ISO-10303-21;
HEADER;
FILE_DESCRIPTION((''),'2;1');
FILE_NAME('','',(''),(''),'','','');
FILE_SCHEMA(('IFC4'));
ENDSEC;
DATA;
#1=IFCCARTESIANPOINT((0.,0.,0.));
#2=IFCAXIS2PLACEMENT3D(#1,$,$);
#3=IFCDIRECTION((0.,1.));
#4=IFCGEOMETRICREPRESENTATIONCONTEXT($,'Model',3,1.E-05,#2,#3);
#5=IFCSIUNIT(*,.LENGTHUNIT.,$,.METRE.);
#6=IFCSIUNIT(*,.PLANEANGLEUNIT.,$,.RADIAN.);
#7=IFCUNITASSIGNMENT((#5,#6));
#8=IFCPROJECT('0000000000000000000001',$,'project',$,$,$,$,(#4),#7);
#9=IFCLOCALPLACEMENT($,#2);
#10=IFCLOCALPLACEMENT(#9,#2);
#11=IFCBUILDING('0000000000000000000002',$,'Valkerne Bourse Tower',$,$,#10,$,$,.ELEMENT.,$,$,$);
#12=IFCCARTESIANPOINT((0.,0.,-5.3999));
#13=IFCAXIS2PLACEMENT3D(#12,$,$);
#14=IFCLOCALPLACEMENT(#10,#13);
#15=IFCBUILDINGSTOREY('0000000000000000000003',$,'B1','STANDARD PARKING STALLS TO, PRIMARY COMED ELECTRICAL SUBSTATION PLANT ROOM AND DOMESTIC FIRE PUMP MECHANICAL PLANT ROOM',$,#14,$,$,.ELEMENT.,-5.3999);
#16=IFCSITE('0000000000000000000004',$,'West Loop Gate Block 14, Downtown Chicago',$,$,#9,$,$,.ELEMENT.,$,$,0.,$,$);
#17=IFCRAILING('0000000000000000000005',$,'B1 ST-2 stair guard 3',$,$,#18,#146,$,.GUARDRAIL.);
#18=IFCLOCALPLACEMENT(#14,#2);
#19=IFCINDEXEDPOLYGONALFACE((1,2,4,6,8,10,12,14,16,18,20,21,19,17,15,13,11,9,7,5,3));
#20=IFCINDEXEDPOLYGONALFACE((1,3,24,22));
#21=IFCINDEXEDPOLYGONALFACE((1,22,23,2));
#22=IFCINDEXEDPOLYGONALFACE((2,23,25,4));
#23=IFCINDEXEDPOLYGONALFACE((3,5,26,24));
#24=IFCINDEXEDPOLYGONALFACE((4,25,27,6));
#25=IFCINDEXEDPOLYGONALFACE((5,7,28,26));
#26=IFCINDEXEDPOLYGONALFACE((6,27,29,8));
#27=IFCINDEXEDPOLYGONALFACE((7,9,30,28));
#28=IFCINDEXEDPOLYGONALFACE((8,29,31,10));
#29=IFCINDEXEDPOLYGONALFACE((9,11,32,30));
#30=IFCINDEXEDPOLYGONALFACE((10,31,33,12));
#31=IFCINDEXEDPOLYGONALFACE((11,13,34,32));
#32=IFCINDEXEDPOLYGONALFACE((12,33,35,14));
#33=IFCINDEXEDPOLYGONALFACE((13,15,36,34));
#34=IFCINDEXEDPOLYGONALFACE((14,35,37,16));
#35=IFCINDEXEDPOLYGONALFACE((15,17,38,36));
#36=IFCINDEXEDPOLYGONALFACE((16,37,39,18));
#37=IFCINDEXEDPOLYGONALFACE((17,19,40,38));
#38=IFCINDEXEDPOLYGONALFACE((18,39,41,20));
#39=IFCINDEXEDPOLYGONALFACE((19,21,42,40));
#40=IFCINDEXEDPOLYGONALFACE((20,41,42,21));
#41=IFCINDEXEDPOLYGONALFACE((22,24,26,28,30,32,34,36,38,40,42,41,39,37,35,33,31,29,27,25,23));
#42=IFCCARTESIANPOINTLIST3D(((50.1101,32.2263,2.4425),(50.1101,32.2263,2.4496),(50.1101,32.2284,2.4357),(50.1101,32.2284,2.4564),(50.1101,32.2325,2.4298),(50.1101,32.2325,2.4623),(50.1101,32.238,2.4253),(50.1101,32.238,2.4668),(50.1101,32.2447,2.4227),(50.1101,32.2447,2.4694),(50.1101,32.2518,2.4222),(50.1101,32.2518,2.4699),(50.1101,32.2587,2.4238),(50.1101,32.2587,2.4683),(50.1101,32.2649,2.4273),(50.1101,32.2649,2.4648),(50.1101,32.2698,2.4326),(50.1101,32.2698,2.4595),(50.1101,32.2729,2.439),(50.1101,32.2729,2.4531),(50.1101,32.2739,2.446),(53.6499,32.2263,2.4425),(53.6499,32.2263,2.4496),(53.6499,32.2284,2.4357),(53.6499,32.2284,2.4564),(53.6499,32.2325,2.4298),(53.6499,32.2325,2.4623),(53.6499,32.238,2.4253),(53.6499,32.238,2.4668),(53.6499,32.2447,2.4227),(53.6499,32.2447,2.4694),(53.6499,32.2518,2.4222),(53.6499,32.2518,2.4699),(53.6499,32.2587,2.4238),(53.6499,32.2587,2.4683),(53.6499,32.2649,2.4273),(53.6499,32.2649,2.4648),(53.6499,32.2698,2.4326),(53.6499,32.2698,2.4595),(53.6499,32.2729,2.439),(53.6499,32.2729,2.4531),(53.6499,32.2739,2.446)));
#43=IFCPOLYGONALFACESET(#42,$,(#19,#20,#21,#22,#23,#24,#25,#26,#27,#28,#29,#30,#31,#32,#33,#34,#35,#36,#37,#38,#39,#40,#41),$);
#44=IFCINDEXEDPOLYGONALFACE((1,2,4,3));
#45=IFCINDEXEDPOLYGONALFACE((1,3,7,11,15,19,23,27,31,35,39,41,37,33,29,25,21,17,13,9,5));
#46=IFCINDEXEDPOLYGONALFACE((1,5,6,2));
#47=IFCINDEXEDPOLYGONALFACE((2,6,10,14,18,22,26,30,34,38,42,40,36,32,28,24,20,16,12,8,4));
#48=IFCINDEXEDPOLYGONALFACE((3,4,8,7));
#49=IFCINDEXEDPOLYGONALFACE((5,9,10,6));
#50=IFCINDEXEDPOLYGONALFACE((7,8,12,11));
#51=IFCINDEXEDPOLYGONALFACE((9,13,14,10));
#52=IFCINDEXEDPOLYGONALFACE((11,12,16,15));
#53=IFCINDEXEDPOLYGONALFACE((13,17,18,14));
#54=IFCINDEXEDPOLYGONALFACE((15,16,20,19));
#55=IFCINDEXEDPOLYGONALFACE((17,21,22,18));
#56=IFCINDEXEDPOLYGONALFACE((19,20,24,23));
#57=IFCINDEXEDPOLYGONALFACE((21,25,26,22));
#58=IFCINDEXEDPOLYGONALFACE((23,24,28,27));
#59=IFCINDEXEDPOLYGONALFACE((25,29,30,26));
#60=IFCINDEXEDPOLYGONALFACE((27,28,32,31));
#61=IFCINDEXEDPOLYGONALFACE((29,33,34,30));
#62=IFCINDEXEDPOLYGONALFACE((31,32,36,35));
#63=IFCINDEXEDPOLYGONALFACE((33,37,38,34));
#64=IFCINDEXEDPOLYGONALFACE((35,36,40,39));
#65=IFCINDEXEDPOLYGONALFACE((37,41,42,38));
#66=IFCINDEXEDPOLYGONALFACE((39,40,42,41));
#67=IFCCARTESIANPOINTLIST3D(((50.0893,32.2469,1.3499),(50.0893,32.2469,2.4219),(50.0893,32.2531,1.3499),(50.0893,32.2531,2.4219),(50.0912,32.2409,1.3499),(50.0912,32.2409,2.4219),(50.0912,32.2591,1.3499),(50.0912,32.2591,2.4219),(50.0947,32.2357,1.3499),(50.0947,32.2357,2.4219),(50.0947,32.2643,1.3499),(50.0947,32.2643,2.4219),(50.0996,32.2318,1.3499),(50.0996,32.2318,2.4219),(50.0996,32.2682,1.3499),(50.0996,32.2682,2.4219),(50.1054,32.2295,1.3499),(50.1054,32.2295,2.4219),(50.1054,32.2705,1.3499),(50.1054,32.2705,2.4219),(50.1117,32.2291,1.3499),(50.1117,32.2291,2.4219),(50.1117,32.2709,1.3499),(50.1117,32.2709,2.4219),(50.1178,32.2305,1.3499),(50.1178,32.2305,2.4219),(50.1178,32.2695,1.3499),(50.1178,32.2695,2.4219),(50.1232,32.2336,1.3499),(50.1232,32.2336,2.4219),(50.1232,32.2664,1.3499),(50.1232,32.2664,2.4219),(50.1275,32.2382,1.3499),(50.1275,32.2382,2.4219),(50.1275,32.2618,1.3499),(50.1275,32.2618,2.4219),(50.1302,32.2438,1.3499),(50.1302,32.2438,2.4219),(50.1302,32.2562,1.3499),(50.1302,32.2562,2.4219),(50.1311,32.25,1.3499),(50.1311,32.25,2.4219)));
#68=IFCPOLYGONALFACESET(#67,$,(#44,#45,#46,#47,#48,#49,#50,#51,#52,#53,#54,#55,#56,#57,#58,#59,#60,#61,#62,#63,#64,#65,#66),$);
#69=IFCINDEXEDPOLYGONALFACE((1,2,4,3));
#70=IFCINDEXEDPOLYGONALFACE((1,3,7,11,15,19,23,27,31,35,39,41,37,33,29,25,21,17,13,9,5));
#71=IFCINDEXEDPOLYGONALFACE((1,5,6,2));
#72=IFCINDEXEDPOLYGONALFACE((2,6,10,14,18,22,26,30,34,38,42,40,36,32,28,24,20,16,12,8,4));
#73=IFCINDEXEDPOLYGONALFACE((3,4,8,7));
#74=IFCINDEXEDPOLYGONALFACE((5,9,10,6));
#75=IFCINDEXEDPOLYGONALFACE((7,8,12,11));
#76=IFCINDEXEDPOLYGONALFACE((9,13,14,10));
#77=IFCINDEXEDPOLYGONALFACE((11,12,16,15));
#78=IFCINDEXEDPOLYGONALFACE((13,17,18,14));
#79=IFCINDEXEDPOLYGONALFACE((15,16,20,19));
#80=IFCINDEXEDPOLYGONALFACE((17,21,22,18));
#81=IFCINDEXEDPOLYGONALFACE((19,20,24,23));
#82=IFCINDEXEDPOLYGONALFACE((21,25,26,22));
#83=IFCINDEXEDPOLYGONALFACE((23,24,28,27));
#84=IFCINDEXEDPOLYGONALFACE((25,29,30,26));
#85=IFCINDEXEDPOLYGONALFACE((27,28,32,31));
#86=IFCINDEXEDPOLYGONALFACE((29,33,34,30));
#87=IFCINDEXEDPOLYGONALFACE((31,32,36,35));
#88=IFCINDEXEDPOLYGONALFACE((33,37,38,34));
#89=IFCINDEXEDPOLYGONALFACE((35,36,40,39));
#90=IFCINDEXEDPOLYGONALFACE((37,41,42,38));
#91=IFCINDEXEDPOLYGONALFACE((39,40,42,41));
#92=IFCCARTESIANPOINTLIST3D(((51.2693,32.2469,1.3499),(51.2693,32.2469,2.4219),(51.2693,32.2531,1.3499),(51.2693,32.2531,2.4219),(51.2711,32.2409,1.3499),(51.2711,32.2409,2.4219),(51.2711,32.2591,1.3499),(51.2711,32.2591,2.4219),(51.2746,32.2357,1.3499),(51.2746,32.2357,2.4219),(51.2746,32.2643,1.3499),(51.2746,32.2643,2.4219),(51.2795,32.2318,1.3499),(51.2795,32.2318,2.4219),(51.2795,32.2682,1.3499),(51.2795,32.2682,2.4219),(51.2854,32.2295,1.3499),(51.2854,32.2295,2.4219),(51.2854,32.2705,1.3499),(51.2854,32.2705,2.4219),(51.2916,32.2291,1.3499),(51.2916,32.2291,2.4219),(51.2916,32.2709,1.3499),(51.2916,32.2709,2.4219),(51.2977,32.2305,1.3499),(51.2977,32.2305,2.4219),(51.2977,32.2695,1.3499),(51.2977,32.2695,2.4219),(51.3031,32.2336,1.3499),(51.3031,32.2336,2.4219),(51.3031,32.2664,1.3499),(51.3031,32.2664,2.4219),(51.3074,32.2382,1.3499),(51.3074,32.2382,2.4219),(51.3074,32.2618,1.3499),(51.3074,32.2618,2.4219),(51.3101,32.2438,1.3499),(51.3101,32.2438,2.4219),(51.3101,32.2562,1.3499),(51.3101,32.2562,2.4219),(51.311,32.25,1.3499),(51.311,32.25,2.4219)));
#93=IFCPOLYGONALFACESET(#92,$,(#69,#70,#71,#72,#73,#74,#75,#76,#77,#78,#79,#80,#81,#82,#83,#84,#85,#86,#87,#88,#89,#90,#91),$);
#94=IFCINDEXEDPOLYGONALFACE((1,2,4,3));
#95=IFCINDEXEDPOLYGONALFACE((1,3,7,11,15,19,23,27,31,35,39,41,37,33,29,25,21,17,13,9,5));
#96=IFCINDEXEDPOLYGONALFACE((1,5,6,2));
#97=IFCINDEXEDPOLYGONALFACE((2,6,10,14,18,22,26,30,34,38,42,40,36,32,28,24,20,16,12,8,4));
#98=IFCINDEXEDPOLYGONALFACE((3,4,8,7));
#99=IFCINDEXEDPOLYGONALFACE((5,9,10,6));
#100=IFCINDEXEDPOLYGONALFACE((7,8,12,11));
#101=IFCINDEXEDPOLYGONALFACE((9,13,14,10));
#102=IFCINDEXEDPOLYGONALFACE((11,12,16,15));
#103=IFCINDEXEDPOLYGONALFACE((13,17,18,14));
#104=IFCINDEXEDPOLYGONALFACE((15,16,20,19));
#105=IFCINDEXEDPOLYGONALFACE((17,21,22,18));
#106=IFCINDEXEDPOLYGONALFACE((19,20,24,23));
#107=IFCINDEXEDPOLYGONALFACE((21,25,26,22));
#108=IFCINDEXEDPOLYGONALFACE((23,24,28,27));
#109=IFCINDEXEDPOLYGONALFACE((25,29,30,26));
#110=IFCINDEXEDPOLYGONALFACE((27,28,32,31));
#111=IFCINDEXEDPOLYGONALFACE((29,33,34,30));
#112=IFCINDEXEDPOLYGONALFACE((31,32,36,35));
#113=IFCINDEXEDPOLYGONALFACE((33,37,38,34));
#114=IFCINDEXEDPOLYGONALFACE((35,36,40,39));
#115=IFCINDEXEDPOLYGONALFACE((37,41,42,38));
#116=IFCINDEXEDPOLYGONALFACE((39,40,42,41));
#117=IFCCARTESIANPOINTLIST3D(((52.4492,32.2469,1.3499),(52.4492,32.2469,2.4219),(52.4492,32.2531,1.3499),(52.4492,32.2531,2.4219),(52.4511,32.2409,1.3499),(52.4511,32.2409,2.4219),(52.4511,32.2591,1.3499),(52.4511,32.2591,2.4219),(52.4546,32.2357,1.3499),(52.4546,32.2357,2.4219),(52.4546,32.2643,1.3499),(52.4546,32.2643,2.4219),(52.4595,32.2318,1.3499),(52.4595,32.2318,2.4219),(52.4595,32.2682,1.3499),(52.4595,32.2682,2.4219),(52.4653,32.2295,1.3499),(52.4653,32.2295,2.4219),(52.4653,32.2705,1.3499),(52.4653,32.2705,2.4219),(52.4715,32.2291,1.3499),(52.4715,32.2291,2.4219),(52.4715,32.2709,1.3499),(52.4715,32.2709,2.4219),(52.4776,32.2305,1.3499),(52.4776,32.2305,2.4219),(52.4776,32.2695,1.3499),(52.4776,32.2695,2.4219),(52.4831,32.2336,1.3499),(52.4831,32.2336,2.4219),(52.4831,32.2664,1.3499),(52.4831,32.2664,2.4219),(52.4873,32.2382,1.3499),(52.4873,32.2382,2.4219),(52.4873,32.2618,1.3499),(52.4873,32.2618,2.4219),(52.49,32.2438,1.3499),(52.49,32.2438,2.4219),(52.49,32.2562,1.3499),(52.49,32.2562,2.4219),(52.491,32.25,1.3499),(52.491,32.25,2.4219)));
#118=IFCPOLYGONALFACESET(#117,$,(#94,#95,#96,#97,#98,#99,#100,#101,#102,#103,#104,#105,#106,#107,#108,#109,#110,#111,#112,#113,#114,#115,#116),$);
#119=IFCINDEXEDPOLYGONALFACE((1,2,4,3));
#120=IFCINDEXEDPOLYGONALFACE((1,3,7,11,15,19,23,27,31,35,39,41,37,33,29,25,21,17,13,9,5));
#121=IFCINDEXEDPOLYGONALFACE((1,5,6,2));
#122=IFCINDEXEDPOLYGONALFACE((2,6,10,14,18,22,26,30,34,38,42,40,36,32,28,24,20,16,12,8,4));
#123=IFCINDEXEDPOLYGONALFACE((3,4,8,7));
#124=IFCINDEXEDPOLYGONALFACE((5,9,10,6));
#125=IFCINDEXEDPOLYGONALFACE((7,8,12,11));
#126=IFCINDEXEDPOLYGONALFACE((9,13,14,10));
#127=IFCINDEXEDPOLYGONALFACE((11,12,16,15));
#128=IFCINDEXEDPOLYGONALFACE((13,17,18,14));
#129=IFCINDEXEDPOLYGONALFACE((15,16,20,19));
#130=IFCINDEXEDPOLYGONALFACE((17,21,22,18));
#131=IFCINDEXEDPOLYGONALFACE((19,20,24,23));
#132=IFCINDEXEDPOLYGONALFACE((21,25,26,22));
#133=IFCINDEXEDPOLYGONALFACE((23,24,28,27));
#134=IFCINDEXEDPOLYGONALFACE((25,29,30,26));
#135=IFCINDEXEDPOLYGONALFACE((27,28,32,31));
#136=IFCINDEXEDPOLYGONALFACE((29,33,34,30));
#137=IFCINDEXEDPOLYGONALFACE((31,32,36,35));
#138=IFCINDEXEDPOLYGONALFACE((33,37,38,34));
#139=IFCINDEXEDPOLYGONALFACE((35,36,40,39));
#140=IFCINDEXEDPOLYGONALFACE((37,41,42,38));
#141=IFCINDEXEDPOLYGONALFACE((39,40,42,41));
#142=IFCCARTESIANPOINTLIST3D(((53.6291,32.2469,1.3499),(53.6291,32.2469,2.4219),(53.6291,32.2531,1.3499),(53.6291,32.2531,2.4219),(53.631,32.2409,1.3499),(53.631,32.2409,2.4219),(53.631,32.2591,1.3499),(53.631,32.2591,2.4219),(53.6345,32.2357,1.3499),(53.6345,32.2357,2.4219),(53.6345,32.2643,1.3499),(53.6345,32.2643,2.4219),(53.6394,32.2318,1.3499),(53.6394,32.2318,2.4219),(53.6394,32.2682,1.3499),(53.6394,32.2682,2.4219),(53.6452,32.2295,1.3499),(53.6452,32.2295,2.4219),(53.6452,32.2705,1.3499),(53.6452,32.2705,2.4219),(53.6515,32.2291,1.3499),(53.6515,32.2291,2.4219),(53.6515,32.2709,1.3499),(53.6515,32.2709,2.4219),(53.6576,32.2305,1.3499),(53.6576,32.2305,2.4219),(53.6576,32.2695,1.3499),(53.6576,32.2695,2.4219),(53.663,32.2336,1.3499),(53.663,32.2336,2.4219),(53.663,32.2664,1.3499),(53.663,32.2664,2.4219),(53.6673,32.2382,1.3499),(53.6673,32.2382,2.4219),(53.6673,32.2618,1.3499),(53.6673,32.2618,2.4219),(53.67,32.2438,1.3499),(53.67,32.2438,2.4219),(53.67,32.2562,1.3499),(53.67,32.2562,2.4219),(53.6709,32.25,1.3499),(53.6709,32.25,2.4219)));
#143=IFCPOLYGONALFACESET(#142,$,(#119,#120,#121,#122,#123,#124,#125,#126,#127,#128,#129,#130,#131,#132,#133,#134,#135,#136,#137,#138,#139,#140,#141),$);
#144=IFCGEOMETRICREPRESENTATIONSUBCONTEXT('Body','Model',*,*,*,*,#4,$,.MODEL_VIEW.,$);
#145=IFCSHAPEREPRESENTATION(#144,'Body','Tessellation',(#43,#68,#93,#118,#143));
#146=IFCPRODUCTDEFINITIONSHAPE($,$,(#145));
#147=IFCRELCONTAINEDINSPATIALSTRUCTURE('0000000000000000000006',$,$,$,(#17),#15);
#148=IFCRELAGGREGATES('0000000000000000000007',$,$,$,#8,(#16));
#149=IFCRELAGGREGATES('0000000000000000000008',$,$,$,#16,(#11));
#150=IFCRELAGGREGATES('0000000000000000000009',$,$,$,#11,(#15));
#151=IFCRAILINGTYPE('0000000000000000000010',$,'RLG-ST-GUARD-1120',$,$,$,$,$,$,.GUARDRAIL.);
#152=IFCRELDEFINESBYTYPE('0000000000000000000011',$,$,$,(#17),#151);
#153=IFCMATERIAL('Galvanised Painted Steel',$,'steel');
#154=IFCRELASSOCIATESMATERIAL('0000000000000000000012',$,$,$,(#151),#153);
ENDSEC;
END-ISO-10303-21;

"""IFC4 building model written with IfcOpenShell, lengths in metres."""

from ifc_helpers import new_model, si_unit, direction, frame, origin, origin_2d, place, context, subcontext, project, spatial, circle, extrude, material, type_object, element, save


model = new_model("IFC4")

# Units and contexts
model_context = context("Model", 3, precision=1e-05, world=origin(), true_north=direction((0.0, 1.0)))
body_context = subcontext(model_context, "Body", "Model", "MODEL_VIEW")
ifc_project = project(units=[si_unit("LENGTHUNIT", "METRE"), si_unit("PLANEANGLEUNIT", "RADIAN")], contexts=[model_context])

# Site, building, storey
site_placement = place(None, origin())
site = spatial("IfcSite", under=ifc_project, at=site_placement, Name="West Loop Gate Block 14, Downtown Chicago", CompositionType="ELEMENT", RefElevation=0.0)
building_placement = place(site_placement, origin())
building = spatial("IfcBuilding", under=site, at=building_placement, Name="Valkerne Bourse Tower", CompositionType="ELEMENT")
storey_placement = place(building_placement, frame((0.0, 0.0, -5.3999)))
storey = spatial("IfcBuildingStorey", under=building, at=storey_placement, Name="B1", Description="STANDARD PARKING STALLS TO, PRIMARY COMED ELECTRICAL SUBSTATION PLANT ROOM AND DOMESTIC FIRE PUMP MECHANICAL PLANT ROOM", CompositionType="ELEMENT", Elevation=-5.3999)

# Shared definitions
ifc_material_1 = material(Name="Galvanised Painted Steel", Category="steel")

# Railing
railing_type_1 = type_object("IfcRailingType", Name="RLG-ST-GUARD-1120", PredefinedType="GUARDRAIL", material=ifc_material_1)
railing_1_placement = place(storey_placement, frame((50.1101, 32.25, 1.3499)))
element("IfcRailing", 1, at=railing_1_placement, inside=storey, type_object=railing_type_1, Name="B1 ST-2 stair guard 3", PredefinedType="GUARDRAIL", context=body_context, shape_type="SweptSolid", body=[
    extrude(circle(Radius=0.0239, at=origin_2d()), frame((0.0, 0.0, 1.0962), z_axis=(1.0, 0.0, 0.0), x_axis=(0.0, 1.0, 0.0)), (0.0, 0.0, 1.0), 3.5398),
    extrude(circle(Radius=0.021, at=origin_2d()), origin(), (0.0, 0.0, 1.0), 1.072),
    extrude(circle(Radius=0.021, at=origin_2d()), frame((1.1799, 0.0, 0.0)), (0.0, 0.0, 1.0), 1.072),
    extrude(circle(Radius=0.021, at=origin_2d()), frame((2.3599, 0.0, 0.0)), (0.0, 0.0, 1.0), 1.072),
    extrude(circle(Radius=0.021, at=origin_2d()), frame((3.5398, 0.0, 0.0)), (0.0, 0.0, 1.0), 1.072),
])

save(model, "model.ifc")
